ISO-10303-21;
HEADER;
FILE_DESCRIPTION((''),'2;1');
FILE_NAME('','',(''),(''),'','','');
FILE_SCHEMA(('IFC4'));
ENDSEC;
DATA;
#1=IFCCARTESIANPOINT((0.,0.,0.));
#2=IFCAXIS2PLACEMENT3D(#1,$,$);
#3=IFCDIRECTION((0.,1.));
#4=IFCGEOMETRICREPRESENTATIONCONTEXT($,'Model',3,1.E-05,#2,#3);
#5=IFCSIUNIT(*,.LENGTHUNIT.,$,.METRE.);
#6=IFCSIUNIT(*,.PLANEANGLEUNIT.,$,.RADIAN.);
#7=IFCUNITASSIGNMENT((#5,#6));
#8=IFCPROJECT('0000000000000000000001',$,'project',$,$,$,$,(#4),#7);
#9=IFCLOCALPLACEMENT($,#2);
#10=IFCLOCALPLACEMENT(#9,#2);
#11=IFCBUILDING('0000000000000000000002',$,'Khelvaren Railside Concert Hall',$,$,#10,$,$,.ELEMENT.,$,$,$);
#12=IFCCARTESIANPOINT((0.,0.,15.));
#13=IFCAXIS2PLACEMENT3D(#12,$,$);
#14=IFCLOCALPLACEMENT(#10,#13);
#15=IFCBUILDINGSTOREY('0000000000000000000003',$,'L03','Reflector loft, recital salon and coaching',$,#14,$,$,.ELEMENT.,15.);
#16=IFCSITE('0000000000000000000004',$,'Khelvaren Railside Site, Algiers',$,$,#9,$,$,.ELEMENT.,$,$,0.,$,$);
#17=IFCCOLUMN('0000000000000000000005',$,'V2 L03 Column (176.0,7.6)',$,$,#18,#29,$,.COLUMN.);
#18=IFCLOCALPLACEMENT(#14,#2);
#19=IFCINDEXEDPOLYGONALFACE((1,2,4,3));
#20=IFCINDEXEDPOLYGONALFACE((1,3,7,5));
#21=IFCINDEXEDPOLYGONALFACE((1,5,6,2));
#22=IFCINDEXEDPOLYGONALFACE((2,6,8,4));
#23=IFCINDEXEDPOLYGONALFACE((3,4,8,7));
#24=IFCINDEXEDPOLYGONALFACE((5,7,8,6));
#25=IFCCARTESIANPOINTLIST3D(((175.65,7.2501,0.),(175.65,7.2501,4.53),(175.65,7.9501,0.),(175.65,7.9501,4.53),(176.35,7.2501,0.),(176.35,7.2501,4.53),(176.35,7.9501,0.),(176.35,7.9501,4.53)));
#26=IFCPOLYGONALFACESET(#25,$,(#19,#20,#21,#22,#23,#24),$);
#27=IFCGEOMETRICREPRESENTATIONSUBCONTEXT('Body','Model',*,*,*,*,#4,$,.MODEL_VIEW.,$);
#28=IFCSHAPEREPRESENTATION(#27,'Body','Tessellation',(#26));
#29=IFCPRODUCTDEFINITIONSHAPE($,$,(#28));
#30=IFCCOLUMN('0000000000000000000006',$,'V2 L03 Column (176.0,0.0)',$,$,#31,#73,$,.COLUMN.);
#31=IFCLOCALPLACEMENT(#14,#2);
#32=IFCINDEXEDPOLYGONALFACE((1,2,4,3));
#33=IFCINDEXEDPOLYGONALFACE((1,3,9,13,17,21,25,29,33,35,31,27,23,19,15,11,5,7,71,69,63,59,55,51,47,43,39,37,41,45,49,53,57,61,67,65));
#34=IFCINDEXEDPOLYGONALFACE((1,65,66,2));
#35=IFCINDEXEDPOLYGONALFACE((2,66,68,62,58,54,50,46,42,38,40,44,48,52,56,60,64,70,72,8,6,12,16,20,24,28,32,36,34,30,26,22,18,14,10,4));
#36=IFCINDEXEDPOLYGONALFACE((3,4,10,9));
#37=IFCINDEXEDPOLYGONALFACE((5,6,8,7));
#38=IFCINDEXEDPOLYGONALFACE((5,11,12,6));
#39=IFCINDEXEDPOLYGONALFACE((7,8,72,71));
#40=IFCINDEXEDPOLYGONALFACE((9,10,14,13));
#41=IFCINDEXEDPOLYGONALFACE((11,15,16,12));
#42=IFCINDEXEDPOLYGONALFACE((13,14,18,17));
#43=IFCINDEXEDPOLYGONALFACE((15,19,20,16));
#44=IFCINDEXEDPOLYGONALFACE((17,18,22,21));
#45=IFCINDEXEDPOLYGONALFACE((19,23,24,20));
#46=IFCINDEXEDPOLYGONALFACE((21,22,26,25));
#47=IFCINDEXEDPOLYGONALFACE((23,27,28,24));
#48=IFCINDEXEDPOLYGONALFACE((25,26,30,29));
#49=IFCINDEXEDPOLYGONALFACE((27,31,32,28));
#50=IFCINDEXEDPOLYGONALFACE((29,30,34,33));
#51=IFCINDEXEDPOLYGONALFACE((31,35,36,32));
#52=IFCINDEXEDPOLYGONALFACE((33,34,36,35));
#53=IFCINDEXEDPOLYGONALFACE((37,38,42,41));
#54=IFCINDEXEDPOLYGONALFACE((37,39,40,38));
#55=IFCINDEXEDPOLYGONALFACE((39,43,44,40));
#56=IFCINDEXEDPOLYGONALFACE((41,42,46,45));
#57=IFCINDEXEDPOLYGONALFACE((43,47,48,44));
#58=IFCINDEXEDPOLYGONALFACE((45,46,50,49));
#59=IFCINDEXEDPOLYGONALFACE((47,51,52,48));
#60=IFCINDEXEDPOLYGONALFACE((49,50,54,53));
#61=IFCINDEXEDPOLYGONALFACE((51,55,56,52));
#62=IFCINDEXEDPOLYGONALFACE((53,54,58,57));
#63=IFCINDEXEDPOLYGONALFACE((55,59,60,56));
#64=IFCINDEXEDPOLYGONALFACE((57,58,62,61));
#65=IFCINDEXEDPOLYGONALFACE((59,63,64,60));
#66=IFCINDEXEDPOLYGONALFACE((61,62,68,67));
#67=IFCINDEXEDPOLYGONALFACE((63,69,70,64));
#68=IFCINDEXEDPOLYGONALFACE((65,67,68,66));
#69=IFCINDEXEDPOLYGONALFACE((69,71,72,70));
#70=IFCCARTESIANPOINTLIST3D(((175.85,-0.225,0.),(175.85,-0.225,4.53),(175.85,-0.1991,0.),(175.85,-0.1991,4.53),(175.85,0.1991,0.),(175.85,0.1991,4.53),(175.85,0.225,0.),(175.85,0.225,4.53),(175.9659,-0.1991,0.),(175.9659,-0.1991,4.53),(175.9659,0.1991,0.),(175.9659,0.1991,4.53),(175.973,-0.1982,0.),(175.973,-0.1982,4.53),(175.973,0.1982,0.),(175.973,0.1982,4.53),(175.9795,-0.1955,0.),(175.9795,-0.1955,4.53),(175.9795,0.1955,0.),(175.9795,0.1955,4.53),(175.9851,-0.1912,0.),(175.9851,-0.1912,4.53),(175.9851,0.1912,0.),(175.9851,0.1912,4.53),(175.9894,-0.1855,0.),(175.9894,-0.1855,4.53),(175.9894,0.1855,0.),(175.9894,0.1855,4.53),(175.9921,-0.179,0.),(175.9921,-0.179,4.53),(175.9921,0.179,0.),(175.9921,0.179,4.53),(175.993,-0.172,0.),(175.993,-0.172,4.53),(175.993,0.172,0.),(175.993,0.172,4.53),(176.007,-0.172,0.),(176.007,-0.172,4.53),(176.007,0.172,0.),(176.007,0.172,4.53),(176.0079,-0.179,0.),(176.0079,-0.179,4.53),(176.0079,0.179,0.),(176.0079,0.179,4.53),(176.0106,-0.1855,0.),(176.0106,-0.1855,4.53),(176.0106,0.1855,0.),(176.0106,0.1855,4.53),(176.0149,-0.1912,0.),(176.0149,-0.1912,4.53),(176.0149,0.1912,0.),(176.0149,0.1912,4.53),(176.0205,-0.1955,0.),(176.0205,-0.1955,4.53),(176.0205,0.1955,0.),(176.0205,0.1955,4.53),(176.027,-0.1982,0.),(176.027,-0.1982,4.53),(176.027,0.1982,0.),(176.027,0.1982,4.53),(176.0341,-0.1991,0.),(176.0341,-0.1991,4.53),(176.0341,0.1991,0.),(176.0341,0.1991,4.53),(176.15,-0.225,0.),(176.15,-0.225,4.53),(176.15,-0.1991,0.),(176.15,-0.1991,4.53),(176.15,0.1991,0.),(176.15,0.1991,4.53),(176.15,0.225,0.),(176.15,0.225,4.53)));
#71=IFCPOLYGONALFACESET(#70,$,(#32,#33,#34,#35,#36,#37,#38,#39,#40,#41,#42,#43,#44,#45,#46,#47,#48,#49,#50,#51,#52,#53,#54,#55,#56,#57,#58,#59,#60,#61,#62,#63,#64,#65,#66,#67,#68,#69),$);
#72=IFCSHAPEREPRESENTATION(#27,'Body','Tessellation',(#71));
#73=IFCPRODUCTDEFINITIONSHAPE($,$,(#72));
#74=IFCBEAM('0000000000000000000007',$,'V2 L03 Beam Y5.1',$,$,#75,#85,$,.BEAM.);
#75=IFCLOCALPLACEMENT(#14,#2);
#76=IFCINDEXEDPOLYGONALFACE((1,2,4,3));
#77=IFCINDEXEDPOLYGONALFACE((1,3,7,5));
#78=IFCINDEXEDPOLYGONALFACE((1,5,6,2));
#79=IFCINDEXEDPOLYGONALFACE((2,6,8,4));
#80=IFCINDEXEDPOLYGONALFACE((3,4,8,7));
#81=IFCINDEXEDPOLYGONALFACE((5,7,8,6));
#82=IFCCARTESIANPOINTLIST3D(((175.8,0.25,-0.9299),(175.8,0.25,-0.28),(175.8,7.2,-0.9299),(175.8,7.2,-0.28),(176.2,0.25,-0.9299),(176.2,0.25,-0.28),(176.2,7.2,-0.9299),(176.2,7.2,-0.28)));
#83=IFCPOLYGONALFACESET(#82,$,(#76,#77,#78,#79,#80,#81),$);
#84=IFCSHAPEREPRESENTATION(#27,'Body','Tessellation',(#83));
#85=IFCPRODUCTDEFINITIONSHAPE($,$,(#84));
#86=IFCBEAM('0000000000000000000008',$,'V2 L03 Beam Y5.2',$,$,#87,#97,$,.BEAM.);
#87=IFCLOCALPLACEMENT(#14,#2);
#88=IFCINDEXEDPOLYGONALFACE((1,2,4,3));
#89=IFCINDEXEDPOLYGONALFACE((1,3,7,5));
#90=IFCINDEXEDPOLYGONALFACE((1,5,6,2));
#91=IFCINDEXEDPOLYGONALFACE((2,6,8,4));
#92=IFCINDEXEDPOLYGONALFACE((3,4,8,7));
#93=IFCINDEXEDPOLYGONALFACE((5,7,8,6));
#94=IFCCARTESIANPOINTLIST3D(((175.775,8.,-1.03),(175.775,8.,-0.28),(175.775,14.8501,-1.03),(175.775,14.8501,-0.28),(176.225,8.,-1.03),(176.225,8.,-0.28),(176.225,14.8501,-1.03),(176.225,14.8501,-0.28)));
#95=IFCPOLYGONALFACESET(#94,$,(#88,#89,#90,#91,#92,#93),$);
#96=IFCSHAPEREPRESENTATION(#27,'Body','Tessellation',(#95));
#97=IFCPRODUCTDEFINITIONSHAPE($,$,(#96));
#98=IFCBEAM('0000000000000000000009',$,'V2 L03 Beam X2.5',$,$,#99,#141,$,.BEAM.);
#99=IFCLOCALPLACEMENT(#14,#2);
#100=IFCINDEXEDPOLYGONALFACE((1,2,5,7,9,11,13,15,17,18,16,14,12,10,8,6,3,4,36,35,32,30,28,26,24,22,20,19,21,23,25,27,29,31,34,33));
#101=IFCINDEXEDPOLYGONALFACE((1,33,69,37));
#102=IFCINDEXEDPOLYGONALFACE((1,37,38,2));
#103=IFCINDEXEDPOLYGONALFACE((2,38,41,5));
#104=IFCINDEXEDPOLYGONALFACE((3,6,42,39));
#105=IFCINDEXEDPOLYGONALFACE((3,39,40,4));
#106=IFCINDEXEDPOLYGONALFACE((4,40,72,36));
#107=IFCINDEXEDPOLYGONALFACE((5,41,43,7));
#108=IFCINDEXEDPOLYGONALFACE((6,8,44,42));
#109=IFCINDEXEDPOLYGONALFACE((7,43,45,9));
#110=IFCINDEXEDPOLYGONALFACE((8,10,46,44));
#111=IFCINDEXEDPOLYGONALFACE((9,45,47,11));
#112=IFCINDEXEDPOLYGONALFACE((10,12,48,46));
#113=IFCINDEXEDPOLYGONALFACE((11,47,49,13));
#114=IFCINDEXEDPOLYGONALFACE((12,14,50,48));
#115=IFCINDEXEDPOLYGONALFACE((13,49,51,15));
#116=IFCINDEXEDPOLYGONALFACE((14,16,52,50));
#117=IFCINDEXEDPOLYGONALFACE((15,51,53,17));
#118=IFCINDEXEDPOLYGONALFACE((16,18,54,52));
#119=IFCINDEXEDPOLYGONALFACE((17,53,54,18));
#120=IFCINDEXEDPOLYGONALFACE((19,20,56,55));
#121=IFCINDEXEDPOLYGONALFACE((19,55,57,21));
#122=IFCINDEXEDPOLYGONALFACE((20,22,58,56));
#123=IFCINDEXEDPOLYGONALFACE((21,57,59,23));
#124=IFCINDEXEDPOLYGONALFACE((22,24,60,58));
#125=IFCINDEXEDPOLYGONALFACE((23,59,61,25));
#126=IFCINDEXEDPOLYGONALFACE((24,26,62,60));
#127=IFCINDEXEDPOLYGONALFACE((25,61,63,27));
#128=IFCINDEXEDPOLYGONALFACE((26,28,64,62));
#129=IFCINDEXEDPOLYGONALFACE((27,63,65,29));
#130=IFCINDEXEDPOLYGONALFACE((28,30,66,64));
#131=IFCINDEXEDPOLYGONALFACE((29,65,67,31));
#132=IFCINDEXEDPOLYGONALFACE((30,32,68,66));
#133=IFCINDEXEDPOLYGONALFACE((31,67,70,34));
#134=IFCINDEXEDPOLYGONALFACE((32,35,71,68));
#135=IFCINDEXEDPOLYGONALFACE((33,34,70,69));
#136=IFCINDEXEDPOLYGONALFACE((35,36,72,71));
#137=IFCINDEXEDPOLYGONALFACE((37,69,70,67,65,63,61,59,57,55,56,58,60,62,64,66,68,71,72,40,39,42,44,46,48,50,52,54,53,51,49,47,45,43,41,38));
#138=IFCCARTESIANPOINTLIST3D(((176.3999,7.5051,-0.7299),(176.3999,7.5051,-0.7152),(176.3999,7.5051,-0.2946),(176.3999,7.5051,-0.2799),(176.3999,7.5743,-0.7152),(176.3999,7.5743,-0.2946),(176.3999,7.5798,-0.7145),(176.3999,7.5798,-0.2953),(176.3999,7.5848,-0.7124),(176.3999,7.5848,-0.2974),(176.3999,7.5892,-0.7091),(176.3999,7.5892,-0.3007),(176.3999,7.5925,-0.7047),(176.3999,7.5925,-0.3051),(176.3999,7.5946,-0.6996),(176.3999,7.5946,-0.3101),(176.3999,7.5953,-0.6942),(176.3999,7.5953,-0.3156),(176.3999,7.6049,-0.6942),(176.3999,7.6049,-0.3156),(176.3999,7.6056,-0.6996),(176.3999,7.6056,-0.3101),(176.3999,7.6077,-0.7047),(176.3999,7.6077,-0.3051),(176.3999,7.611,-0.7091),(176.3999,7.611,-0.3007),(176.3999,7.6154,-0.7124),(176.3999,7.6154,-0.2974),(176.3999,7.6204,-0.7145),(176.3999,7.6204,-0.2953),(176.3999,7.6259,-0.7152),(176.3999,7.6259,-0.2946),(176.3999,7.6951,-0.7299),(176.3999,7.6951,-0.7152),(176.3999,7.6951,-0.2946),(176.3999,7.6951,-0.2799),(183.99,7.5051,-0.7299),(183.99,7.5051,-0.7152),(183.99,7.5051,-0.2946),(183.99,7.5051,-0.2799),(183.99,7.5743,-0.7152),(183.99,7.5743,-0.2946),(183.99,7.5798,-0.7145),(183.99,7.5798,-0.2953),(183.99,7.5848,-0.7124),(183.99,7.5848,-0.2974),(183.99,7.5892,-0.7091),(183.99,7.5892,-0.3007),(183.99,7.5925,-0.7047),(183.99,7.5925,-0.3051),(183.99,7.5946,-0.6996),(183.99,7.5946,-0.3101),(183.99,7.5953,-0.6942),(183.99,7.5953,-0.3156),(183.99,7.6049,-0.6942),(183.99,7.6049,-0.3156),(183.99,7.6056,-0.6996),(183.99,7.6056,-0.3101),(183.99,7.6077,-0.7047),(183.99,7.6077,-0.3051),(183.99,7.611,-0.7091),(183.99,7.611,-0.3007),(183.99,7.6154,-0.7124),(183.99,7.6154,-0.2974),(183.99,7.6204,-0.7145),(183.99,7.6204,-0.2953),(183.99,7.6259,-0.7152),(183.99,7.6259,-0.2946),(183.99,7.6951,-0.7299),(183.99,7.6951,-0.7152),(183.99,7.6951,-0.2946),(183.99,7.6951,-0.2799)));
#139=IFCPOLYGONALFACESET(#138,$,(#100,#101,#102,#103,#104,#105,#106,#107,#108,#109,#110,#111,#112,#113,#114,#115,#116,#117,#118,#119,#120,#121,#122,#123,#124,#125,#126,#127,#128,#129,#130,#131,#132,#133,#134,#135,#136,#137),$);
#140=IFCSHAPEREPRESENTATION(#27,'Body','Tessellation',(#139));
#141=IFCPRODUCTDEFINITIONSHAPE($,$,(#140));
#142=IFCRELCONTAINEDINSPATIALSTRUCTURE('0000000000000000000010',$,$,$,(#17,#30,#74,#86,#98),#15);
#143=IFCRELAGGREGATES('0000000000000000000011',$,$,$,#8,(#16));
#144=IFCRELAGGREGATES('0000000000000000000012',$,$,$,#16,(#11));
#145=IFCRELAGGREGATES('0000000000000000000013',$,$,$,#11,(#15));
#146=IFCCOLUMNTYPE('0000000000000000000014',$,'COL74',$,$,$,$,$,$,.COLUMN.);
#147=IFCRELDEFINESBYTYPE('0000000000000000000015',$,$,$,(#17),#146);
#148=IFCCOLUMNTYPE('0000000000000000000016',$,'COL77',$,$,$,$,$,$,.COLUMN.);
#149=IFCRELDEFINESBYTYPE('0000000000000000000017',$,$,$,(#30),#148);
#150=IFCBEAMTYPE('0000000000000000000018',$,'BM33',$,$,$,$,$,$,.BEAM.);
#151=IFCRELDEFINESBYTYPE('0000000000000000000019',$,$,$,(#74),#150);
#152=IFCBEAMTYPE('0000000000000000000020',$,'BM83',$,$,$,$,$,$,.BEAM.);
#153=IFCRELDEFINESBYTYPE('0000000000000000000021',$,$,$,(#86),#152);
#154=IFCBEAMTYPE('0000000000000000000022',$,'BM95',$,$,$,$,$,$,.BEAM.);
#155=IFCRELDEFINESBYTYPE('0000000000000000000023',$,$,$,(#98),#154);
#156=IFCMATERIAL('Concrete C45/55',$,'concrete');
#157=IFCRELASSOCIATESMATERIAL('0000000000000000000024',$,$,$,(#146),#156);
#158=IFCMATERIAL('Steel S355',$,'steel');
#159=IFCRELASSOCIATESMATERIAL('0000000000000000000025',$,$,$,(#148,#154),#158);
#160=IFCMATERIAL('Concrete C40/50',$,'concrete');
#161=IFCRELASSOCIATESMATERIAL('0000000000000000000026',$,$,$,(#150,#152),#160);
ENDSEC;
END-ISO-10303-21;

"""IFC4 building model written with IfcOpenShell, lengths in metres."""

from ifc_helpers import new_model, si_unit, direction, frame, origin, origin_2d, place, context, subcontext, project, spatial, rectangle, i_section, extrude, material, material_profile, profile_set, type_object, element, save


model = new_model("IFC4")

# Units and contexts
model_context = context("Model", 3, precision=1e-05, world=origin(), true_north=direction((0.0, 1.0)))
body_context = subcontext(model_context, "Body", "Model", "MODEL_VIEW")
ifc_project = project(units=[si_unit("LENGTHUNIT", "METRE"), si_unit("PLANEANGLEUNIT", "RADIAN")], contexts=[model_context])

# Site, building, storey
site_placement = place(None, origin())
site = spatial("IfcSite", under=ifc_project, at=site_placement, Name="Khelvaren Railside Site, Algiers", CompositionType="ELEMENT", RefElevation=0.0)
building_placement = place(site_placement, origin())
building = spatial("IfcBuilding", under=site, at=building_placement, Name="Khelvaren Railside Concert Hall", CompositionType="ELEMENT")
storey_placement = place(building_placement, frame((0.0, 0.0, 15.0)))
storey = spatial("IfcBuildingStorey", under=building, at=storey_placement, Name="L03", Description="Reflector loft, recital salon and coaching", CompositionType="ELEMENT", Elevation=15.0)

# Columns
ifc_material_1 = material(Name="Concrete C45/55", Category="concrete")
ifc_material_profile_1 = material_profile(ifc_material_1, rectangle(XDim=0.7, YDim=0.7, at=origin_2d()), Name="RC 700x700")
ifc_profile_set_1 = profile_set([ifc_material_profile_1], Name="Concrete C45/55")
column_type_1 = type_object("IfcColumnType", Name="COL74", PredefinedType="COLUMN", material=ifc_profile_set_1)
column_1_placement = place(storey_placement, frame((176.0, 7.6001, 0.0), z_axis=(0.0, 0.0, 1.0), x_axis=(1.0, 0.0, 0.0)))
element("IfcColumn", 1, at=column_1_placement, inside=storey, type_object=column_type_1, Name="V2 L03 Column (176.0,7.6)", PredefinedType="COLUMN", context=body_context, shape_type="SweptSolid", body=[
    extrude(rectangle(XDim=0.7, YDim=0.7, at=origin_2d()), origin(), (0.0, 0.0, 1.0), 4.53),
])
ifc_material_2 = material(Name="Steel S355", Category="steel")
ifc_material_profile_2 = material_profile(ifc_material_2, i_section(OverallWidth=0.3, OverallDepth=0.45, WebThickness=0.0139, FlangeThickness=0.0259, FilletRadius=0.0271, at=origin_2d()), Name="HEB 450")
ifc_profile_set_2 = profile_set([ifc_material_profile_2], Name="Steel S355")
column_type_2 = type_object("IfcColumnType", Name="COL77", PredefinedType="COLUMN", material=ifc_profile_set_2)
column_2_placement = place(storey_placement, frame((176.0, 0.0, 0.0), z_axis=(0.0, 0.0, 1.0), x_axis=(1.0, 0.0, 0.0)))
element("IfcColumn", 2, at=column_2_placement, inside=storey, type_object=column_type_2, Name="V2 L03 Column (176.0,0.0)", PredefinedType="COLUMN", context=body_context, shape_type="SweptSolid", body=[
    extrude(i_section(OverallWidth=0.3, OverallDepth=0.45, WebThickness=0.0139, FlangeThickness=0.0259, FilletRadius=0.0271, at=origin_2d()), origin(), (0.0, 0.0, 1.0), 4.53),
])

# Beams
ifc_material_3 = material(Name="Concrete C40/50", Category="concrete")
ifc_material_profile_3 = material_profile(ifc_material_3, rectangle(XDim=0.3999, YDim=0.6499, at=origin_2d()), Name="RCB 400x650")
ifc_profile_set_3 = profile_set([ifc_material_profile_3], Name="Concrete C40/50")
beam_type_1 = type_object("IfcBeamType", Name="BM33", PredefinedType="BEAM", material=ifc_profile_set_3)
beam_1_placement = place(storey_placement, frame((176.0, 0.25, -0.605), z_axis=(0.0, 1.0, 0.0), x_axis=(-1.0, 0.0, 0.0)))
element("IfcBeam", 3, at=beam_1_placement, inside=storey, type_object=beam_type_1, Name="V2 L03 Beam Y5.1", PredefinedType="BEAM", context=body_context, shape_type="SweptSolid", body=[
    extrude(rectangle(XDim=0.3999, YDim=0.6499, at=origin_2d()), origin(), (0.0, 0.0, 1.0), 6.95),
])
ifc_material_profile_4 = material_profile(ifc_material_3, rectangle(XDim=0.45, YDim=0.75, at=origin_2d()), Name="RCB 450x750")
ifc_profile_set_4 = profile_set([ifc_material_profile_4], Name="Concrete C40/50")
beam_type_2 = type_object("IfcBeamType", Name="BM83", PredefinedType="BEAM", material=ifc_profile_set_4)
beam_2_placement = place(storey_placement, frame((176.0, 8.0, -0.655), z_axis=(0.0, 1.0, 0.0), x_axis=(-1.0, 0.0, 0.0)))
element("IfcBeam", 4, at=beam_2_placement, inside=storey, type_object=beam_type_2, Name="V2 L03 Beam Y5.2", PredefinedType="BEAM", context=body_context, shape_type="SweptSolid", body=[
    extrude(rectangle(XDim=0.45, YDim=0.75, at=origin_2d()), origin(), (0.0, 0.0, 1.0), 6.8501),
])
ifc_material_profile_5 = material_profile(ifc_material_2, i_section(OverallWidth=0.1899, OverallDepth=0.45, WebThickness=0.0095, FlangeThickness=0.0146, FilletRadius=0.021, at=origin_2d()), Name="IPE 450")
ifc_profile_set_5 = profile_set([ifc_material_profile_5], Name="Steel S355")
beam_type_3 = type_object("IfcBeamType", Name="BM95", PredefinedType="BEAM", material=ifc_profile_set_5)
beam_3_placement = place(storey_placement, frame((176.3999, 7.6001, -0.5049), z_axis=(1.0, 0.0, 0.0), x_axis=(0.0, 1.0, 0.0)))
element("IfcBeam", 5, at=beam_3_placement, inside=storey, type_object=beam_type_3, Name="V2 L03 Beam X2.5", PredefinedType="BEAM", context=body_context, shape_type="SweptSolid", body=[
    extrude(i_section(OverallWidth=0.1899, OverallDepth=0.45, WebThickness=0.0095, FlangeThickness=0.0146, FilletRadius=0.021, at=origin_2d()), origin(), (0.0, 0.0, 1.0), 7.5901),
])

save(model, "model.ifc")
